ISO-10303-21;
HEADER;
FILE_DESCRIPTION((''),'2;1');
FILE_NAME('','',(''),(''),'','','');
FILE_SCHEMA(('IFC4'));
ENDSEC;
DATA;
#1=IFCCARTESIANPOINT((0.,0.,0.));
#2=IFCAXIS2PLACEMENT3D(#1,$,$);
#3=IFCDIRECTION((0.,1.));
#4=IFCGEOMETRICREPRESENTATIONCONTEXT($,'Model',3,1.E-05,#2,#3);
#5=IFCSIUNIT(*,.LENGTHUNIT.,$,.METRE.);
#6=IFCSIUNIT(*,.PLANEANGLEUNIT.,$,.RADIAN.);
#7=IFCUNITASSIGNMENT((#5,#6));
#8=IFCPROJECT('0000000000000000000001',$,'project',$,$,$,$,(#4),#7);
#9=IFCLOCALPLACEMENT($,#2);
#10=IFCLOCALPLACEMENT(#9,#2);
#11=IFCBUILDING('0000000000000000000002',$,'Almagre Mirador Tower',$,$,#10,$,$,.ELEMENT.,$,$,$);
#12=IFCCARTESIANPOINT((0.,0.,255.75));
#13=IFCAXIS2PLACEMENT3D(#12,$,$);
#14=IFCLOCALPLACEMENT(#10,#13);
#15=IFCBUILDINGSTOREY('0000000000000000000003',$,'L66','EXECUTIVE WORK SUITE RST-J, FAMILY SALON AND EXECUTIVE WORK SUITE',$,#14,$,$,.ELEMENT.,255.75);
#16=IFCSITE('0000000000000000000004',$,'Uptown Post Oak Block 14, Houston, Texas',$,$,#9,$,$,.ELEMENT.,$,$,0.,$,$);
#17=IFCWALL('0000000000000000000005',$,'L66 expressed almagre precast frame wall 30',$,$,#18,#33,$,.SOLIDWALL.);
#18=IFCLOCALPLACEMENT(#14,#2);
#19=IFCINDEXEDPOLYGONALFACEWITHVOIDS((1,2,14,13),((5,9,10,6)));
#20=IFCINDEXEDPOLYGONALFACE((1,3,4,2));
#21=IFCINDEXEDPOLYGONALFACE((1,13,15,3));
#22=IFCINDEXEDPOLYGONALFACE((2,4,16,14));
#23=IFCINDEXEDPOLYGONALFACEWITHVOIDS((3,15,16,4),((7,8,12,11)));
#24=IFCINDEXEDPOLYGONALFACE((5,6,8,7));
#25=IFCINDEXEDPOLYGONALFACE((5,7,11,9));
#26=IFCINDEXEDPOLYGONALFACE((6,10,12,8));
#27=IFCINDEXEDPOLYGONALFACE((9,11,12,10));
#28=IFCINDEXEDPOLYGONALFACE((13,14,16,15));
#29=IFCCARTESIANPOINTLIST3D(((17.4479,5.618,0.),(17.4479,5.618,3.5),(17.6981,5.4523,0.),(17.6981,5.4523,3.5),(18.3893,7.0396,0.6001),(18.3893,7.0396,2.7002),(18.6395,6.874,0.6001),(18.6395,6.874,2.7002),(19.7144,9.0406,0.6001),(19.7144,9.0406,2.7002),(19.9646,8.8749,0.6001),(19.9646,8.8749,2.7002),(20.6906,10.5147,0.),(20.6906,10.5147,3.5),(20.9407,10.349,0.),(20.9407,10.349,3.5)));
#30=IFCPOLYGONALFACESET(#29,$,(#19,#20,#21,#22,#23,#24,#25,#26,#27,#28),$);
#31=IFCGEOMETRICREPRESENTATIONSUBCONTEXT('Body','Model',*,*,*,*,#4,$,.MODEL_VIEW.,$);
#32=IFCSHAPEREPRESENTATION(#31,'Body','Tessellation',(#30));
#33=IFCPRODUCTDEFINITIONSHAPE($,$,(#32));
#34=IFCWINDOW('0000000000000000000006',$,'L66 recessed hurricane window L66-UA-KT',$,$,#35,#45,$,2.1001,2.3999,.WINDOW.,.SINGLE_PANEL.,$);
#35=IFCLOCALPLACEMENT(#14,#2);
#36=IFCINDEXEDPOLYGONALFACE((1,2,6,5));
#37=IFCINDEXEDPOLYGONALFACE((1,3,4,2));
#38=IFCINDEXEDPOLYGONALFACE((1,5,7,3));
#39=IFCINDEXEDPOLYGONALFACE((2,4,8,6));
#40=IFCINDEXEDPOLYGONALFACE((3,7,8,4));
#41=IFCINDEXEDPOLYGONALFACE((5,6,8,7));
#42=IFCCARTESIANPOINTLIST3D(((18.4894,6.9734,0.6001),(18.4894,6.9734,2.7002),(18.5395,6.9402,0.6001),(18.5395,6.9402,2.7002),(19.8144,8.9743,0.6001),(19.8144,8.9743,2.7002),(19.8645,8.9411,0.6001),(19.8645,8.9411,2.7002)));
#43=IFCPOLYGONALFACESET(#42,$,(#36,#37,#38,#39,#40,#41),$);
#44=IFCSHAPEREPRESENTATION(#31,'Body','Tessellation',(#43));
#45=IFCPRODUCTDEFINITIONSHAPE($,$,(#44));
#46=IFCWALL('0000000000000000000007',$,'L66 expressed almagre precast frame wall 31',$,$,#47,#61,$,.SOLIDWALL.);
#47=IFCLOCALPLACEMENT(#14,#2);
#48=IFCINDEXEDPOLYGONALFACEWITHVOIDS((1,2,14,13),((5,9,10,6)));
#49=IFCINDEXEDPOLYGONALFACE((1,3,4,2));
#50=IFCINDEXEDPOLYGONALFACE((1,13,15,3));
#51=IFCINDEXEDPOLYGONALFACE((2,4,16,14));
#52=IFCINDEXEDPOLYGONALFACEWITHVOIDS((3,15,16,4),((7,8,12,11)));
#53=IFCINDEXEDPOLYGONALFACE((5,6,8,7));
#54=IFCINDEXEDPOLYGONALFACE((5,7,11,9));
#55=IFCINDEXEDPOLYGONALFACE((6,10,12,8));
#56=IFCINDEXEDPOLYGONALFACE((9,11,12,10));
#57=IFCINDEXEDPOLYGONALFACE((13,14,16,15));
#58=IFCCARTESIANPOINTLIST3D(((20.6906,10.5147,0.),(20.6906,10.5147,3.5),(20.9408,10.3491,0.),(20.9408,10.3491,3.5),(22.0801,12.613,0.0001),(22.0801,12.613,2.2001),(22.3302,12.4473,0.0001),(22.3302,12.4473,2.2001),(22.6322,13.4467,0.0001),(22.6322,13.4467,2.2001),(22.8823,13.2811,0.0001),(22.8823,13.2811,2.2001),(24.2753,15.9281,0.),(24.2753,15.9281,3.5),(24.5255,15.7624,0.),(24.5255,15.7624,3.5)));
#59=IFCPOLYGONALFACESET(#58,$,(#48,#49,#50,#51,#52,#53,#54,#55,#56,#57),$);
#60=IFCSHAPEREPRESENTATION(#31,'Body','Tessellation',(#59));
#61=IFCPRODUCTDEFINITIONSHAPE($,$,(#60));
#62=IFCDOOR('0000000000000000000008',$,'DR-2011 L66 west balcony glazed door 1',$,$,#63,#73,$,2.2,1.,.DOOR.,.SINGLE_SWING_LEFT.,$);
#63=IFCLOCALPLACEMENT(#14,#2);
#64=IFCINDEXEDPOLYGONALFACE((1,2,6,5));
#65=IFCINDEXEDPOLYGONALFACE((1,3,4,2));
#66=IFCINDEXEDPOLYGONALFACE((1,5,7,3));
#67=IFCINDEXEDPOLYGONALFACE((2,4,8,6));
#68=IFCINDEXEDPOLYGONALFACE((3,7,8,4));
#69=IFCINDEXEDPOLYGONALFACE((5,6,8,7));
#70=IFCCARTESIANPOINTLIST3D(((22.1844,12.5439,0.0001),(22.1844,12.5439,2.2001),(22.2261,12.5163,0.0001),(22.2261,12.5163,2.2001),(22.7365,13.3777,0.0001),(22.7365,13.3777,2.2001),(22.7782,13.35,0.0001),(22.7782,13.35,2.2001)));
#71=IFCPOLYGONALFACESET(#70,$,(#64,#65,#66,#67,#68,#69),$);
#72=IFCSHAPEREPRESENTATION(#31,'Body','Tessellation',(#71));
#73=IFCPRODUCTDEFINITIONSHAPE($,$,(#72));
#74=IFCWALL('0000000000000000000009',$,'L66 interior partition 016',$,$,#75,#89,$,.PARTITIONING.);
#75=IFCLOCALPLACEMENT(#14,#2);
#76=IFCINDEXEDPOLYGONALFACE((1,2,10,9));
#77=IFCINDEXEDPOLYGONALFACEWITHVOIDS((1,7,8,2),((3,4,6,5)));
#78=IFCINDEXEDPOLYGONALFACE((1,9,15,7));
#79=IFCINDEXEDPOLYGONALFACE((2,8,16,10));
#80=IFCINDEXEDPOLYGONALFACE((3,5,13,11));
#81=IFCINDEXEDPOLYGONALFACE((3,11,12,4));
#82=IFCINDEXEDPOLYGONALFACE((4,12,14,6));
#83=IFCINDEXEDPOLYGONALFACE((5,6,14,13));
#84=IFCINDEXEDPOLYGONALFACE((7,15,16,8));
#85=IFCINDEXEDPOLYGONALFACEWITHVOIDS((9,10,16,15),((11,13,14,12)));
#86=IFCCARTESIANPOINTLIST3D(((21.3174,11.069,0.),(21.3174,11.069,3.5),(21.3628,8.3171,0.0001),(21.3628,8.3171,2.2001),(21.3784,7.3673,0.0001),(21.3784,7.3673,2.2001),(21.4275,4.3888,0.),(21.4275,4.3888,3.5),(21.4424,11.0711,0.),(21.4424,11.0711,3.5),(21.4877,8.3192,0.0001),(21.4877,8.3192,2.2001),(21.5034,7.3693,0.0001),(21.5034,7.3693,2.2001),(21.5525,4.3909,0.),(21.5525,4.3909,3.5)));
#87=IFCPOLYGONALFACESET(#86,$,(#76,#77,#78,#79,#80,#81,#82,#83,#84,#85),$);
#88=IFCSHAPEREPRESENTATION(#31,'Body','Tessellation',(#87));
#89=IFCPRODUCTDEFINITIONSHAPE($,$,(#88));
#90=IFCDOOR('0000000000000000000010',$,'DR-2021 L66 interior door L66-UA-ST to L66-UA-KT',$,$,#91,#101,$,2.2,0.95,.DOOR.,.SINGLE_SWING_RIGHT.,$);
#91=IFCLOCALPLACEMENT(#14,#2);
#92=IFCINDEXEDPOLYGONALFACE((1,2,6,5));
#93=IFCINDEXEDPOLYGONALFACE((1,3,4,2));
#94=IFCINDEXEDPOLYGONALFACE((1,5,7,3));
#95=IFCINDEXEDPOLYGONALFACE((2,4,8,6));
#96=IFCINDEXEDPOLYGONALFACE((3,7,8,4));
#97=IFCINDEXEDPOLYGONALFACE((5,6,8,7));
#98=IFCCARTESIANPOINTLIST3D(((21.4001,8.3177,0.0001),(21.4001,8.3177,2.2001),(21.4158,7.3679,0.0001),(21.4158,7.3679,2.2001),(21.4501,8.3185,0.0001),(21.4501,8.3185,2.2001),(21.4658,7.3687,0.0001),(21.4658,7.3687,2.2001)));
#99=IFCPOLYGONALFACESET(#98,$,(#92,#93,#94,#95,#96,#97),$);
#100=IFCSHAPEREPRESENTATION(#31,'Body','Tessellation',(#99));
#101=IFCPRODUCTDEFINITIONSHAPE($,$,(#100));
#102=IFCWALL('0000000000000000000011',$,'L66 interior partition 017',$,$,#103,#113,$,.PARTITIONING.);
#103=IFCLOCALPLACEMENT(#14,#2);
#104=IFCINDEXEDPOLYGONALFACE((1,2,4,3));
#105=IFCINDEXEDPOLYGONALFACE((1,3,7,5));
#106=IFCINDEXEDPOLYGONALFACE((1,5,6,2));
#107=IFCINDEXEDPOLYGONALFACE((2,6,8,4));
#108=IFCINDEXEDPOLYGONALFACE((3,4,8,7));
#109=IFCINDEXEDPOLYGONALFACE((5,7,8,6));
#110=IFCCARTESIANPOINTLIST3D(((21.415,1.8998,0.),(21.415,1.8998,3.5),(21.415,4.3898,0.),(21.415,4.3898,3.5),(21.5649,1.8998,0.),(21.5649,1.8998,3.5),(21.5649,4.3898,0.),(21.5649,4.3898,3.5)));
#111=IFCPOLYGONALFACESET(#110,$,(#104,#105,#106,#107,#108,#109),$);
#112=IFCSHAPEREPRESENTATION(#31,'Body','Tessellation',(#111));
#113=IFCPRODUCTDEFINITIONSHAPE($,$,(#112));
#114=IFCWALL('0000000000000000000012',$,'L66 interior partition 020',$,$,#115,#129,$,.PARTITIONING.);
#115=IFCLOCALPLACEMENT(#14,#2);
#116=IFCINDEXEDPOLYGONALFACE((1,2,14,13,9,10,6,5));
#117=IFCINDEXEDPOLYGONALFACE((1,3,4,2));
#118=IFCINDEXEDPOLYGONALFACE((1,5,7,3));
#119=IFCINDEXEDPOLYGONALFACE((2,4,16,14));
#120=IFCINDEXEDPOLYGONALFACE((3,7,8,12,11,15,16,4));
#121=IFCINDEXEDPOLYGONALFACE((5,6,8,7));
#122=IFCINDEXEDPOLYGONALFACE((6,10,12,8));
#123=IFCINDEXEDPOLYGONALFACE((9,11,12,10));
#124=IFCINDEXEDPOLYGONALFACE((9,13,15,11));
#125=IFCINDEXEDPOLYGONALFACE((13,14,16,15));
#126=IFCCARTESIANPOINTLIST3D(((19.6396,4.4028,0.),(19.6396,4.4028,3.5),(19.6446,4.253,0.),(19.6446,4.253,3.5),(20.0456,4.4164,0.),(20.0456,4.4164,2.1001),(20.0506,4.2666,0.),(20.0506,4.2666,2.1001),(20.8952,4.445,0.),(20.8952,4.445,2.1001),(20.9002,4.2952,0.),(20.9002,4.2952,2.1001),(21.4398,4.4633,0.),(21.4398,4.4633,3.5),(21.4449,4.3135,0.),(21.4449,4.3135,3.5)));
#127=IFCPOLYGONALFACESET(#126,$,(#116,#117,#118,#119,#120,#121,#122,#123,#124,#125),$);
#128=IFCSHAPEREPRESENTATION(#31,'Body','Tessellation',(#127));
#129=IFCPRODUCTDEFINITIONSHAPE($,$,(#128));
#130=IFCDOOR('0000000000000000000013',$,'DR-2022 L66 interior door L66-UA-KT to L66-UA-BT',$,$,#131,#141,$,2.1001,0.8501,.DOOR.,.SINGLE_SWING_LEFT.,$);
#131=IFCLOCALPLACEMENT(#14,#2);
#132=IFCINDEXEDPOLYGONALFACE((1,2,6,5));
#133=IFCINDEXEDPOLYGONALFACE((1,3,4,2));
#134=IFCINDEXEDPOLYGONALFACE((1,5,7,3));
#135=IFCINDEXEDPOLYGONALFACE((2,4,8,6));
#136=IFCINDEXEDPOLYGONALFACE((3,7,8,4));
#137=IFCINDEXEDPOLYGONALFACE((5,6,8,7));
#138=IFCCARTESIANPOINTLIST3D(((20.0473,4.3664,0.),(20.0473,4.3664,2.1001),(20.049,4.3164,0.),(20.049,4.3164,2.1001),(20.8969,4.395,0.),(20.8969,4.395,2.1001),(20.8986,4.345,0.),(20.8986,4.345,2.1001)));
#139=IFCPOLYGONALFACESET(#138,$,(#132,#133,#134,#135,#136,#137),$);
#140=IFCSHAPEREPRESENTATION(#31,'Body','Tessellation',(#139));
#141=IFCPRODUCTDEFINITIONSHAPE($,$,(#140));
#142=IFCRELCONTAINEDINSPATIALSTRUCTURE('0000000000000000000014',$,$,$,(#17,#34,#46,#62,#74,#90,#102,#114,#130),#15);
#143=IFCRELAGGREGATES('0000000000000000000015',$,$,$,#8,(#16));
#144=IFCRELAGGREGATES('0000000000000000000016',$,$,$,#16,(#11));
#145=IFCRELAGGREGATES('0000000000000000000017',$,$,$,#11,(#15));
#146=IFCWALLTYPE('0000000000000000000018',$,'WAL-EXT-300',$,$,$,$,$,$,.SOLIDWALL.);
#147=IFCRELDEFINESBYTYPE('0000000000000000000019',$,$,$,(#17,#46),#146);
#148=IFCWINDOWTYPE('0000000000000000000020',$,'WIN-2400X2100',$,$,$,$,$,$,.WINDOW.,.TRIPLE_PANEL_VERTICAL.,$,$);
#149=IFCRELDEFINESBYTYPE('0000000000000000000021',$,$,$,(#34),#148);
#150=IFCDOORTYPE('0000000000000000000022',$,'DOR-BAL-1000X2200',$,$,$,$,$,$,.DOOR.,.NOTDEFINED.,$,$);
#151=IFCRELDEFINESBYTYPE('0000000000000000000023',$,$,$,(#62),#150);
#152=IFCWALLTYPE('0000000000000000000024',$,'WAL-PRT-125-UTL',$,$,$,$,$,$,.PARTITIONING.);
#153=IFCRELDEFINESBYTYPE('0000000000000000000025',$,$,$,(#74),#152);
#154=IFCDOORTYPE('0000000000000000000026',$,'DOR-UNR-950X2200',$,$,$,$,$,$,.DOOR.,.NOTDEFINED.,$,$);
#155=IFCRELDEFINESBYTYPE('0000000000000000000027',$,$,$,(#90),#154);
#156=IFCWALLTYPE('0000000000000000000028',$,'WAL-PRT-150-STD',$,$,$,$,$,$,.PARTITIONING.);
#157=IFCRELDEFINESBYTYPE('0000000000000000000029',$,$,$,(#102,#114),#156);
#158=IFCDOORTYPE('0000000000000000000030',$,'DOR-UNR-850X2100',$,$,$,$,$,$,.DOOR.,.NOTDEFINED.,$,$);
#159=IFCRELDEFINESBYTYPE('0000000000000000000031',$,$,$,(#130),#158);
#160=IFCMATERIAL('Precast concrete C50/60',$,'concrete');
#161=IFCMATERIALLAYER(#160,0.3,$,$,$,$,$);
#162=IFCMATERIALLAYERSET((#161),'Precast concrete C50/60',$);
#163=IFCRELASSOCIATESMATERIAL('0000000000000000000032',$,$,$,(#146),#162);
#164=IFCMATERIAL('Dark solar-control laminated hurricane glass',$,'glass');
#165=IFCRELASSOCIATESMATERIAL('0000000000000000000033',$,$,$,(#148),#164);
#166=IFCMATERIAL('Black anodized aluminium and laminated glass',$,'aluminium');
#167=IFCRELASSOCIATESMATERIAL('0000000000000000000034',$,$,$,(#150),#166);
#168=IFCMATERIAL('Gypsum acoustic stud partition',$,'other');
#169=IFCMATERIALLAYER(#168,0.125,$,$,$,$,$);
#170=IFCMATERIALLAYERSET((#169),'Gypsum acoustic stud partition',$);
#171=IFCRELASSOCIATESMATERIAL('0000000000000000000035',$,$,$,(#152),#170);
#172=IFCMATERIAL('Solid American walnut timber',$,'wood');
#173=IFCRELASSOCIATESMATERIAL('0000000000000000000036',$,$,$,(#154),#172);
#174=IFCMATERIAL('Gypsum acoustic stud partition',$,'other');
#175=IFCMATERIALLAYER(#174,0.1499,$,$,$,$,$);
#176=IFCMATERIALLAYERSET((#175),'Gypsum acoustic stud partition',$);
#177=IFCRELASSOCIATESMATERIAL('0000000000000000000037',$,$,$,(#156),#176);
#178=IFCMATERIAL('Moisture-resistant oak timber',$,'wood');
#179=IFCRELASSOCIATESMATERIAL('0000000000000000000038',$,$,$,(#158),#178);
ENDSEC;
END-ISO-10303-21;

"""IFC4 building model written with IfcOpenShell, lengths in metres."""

from ifc_helpers import new_model, si_unit, direction, frame, frame_2d, origin, place, context, subcontext, project, spatial, rectangle, extrude, material, layer, layer_set, type_object, element, fill, save


model = new_model("IFC4")

# Units and contexts
model_context = context("Model", 3, precision=1e-05, world=origin(), true_north=direction((0.0, 1.0)))
body_context = subcontext(model_context, "Body", "Model", "MODEL_VIEW")
ifc_project = project(units=[si_unit("LENGTHUNIT", "METRE"), si_unit("PLANEANGLEUNIT", "RADIAN")], contexts=[model_context])

# Site, building, storey
site_placement = place(None, origin())
site = spatial("IfcSite", under=ifc_project, at=site_placement, Name="Uptown Post Oak Block 14, Houston, Texas", CompositionType="ELEMENT", RefElevation=0.0)
building_placement = place(site_placement, origin())
building = spatial("IfcBuilding", under=site, at=building_placement, Name="Almagre Mirador Tower", CompositionType="ELEMENT")
storey_placement = place(building_placement, frame((0.0, 0.0, 255.75)))
storey = spatial("IfcBuildingStorey", under=building, at=storey_placement, Name="L66", Description="EXECUTIVE WORK SUITE RST-J, FAMILY SALON AND EXECUTIVE WORK SUITE", CompositionType="ELEMENT", Elevation=255.75)

# Shared definitions
ifc_material_1 = material(Name="Precast concrete C50/60", Category="concrete")
ifc_layer_1 = layer(ifc_material_1, 0.3)
ifc_layer_set_1 = layer_set([ifc_layer_1], Name="Precast concrete C50/60")
wall_type_1 = type_object("IfcWallType", Name="WAL-EXT-300", PredefinedType="SOLIDWALL", material=ifc_layer_set_1)

# Wall, opening, window
wall_1_placement = place(storey_placement, frame((17.573, 5.5352, 0.0), z_axis=(0.0, 0.0, 1.0), x_axis=(0.552127, 0.83376, 0.0)))
wall_1 = element("IfcWall", 1, at=wall_1_placement, inside=storey, type_object=wall_type_1, Name="L66 expressed almagre precast frame wall 30", PredefinedType="SOLIDWALL", context=body_context, shape_type="SweptSolid", body=[
    extrude(rectangle(XDim=5.873, YDim=0.3, at=frame_2d((2.9365, 0.0))), origin(), (0.0, 0.0, 1.0), 3.5),
])
opening_1_placement = place(wall_1_placement, frame((1.7051, 0.0, 0.6001)))
opening_1 = element("IfcOpeningElement", 2, at=opening_1_placement, cuts=wall_1, PredefinedType="OPENING", context=body_context, shape_type="SweptSolid", body=[
    extrude(rectangle(XDim=2.3999, YDim=2.1001, at=frame_2d((1.2, 1.05))), frame((0.0, 0.1599, 0.0), z_axis=(0.0, -1.0, 0.0), x_axis=(1.0, 0.0, 0.0)), (0.0, 0.0, 1.0), 0.32),
])
ifc_material_2 = material(Name="Dark solar-control laminated hurricane glass", Category="glass")
window_type = type_object("IfcWindowType", Name="WIN-2400X2100", PartitioningType="TRIPLE_PANEL_VERTICAL", PredefinedType="WINDOW", material=ifc_material_2)
window_placement = place(opening_1_placement, origin())
window = element("IfcWindow", 3, at=window_placement, inside=storey, type_object=window_type, Name="L66 recessed hurricane window L66-UA-KT", OverallHeight=2.1001, OverallWidth=2.3999, PartitioningType="SINGLE_PANEL", PredefinedType="WINDOW", context=body_context, shape_type="SweptSolid", body=[
    extrude(rectangle(XDim=2.3999, YDim=2.1001, at=frame_2d((1.2, 1.05))), frame((0.0, 0.03, 0.0), z_axis=(0.0, -1.0, 0.0), x_axis=(1.0, 0.0, 0.0)), (0.0, 0.0, 1.0), 0.0601),
])
fill(opening_1, window)

# Walls, openings, doors
wall_2_placement = place(storey_placement, frame((20.8157, 10.4319, 0.0), z_axis=(0.0, 0.0, 1.0), x_axis=(0.55212, 0.833764, 0.0)))
wall_2 = element("IfcWall", 4, at=wall_2_placement, inside=storey, type_object=wall_type_1, Name="L66 expressed almagre precast frame wall 31", PredefinedType="SOLIDWALL", context=body_context, shape_type="SweptSolid", body=[
    extrude(rectangle(XDim=6.4927, YDim=0.3, at=frame_2d((3.2463, 0.0))), origin(), (0.0, 0.0, 1.0), 3.5),
])
opening_2_placement = place(wall_2_placement, frame((2.5166, 0.0, 0.0)))
opening_2 = element("IfcOpeningElement", 5, at=opening_2_placement, cuts=wall_2, PredefinedType="OPENING", context=body_context, shape_type="SweptSolid", body=[
    extrude(rectangle(XDim=1.0, YDim=2.2, at=frame_2d((0.5, 1.1001))), frame((0.0, 0.1599, 0.0), z_axis=(0.0, -1.0, 0.0), x_axis=(1.0, 0.0, 0.0)), (0.0, 0.0, 1.0), 0.32),
])
ifc_material_3 = material(Name="Black anodized aluminium and laminated glass", Category="aluminium")
door_type_1 = type_object("IfcDoorType", Name="DOR-BAL-1000X2200", OperationType="NOTDEFINED", PredefinedType="DOOR", material=ifc_material_3)
door_1_placement = place(opening_2_placement, origin())
door_1 = element("IfcDoor", 6, at=door_1_placement, inside=storey, type_object=door_type_1, Name="DR-2011 L66 west balcony glazed door 1", OperationType="SINGLE_SWING_LEFT", OverallHeight=2.2, OverallWidth=1.0, PredefinedType="DOOR", context=body_context, shape_type="SweptSolid", body=[
    extrude(rectangle(XDim=1.0, YDim=2.2, at=frame_2d((0.5, 1.1001))), frame((0.0, 0.0249, 0.0), z_axis=(0.0, -1.0, 0.0), x_axis=(1.0, 0.0, 0.0)), (0.0, 0.0, 1.0), 0.05),
])
fill(opening_2, door_1)
ifc_material_4 = material(Name="Gypsum acoustic stud partition", Category="other")
ifc_layer_2 = layer(ifc_material_4, 0.125)
ifc_layer_set_2 = layer_set([ifc_layer_2], Name="Gypsum acoustic stud partition")
wall_type_2 = type_object("IfcWallType", Name="WAL-PRT-125-UTL", PredefinedType="PARTITIONING", material=ifc_layer_set_2)
wall_3_placement = place(storey_placement, frame((21.3799, 11.0701, 0.0), z_axis=(0.0, 0.0, 1.0), x_axis=(0.01648, -0.999864, 0.0)))
wall_3 = element("IfcWall", 7, at=wall_3_placement, inside=storey, type_object=wall_type_2, Name="L66 interior partition 016", PredefinedType="PARTITIONING", context=body_context, shape_type="SweptSolid", body=[
    extrude(rectangle(XDim=6.6812, YDim=0.125, at=frame_2d((3.3406, 0.0))), origin(), (0.0, 0.0, 1.0), 3.5),
])
opening_3_placement = place(wall_3_placement, frame((2.7522, 0.0, 0.0)))
opening_3 = element("IfcOpeningElement", 8, at=opening_3_placement, cuts=wall_3, PredefinedType="OPENING", context=body_context, shape_type="SweptSolid", body=[
    extrude(rectangle(XDim=0.95, YDim=2.2, at=frame_2d((0.4751, 1.1001))), frame((0.0, 0.0725, 0.0), z_axis=(0.0, -1.0, 0.0), x_axis=(1.0, 0.0, 0.0)), (0.0, 0.0, 1.0), 0.145),
])
ifc_material_5 = material(Name="Solid American walnut timber", Category="wood")
door_type_2 = type_object("IfcDoorType", Name="DOR-UNR-950X2200", OperationType="NOTDEFINED", PredefinedType="DOOR", material=ifc_material_5)
door_2_placement = place(opening_3_placement, origin())
door_2 = element("IfcDoor", 9, at=door_2_placement, inside=storey, type_object=door_type_2, Name="DR-2021 L66 interior door L66-UA-ST to L66-UA-KT", OperationType="SINGLE_SWING_RIGHT", OverallHeight=2.2, OverallWidth=0.95, PredefinedType="DOOR", context=body_context, shape_type="SweptSolid", body=[
    extrude(rectangle(XDim=0.95, YDim=2.2, at=frame_2d((0.4751, 1.1001))), frame((0.0, 0.0249, 0.0), z_axis=(0.0, -1.0, 0.0), x_axis=(1.0, 0.0, 0.0)), (0.0, 0.0, 1.0), 0.05),
])
fill(opening_3, door_2)

# Wall
ifc_material_6 = material(Name="Gypsum acoustic stud partition", Category="other")
ifc_layer_3 = layer(ifc_material_6, 0.1499)
ifc_layer_set_3 = layer_set([ifc_layer_3], Name="Gypsum acoustic stud partition")
wall_type_3 = type_object("IfcWallType", Name="WAL-PRT-150-STD", PredefinedType="PARTITIONING", material=ifc_layer_set_3)
wall_4_placement = place(storey_placement, frame((21.49, 4.3899, 0.0), z_axis=(0.0, 0.0, 1.0), x_axis=(0.0, -1.0, 0.0)))
element("IfcWall", 10, at=wall_4_placement, inside=storey, type_object=wall_type_3, Name="L66 interior partition 017", PredefinedType="PARTITIONING", context=body_context, shape_type="SweptSolid", body=[
    extrude(rectangle(XDim=2.49, YDim=0.1499, at=frame_2d((1.2451, 0.0))), origin(), (0.0, 0.0, 1.0), 3.5),
])

# Wall, opening, door
wall_5_placement = place(storey_placement, frame((19.6421, 4.3279, 0.0), z_axis=(0.0, 0.0, 1.0), x_axis=(0.999435, 0.033613, 0.0)))
wall_5 = element("IfcWall", 11, at=wall_5_placement, inside=storey, type_object=wall_type_3, Name="L66 interior partition 020", PredefinedType="PARTITIONING", context=body_context, shape_type="SweptSolid", body=[
    extrude(rectangle(XDim=1.8013, YDim=0.1499, at=frame_2d((0.9006, 0.0))), origin(), (0.0, 0.0, 1.0), 3.5),
])
opening_4_placement = place(wall_5_placement, frame((0.4062, 0.0, 0.0)))
opening_4 = element("IfcOpeningElement", 12, at=opening_4_placement, cuts=wall_5, PredefinedType="OPENING", context=body_context, shape_type="SweptSolid", body=[
    extrude(rectangle(XDim=0.8501, YDim=2.1001, at=frame_2d((0.425, 1.05))), frame((0.0, 0.085, 0.0), z_axis=(0.0, -1.0, 0.0), x_axis=(1.0, 0.0, 0.0)), (0.0, 0.0, 1.0), 0.1699),
])
ifc_material_7 = material(Name="Moisture-resistant oak timber", Category="wood")
door_type_3 = type_object("IfcDoorType", Name="DOR-UNR-850X2100", OperationType="NOTDEFINED", PredefinedType="DOOR", material=ifc_material_7)
door_3_placement = place(opening_4_placement, origin())
door_3 = element("IfcDoor", 13, at=door_3_placement, inside=storey, type_object=door_type_3, Name="DR-2022 L66 interior door L66-UA-KT to L66-UA-BT", OperationType="SINGLE_SWING_LEFT", OverallHeight=2.1001, OverallWidth=0.8501, PredefinedType="DOOR", context=body_context, shape_type="SweptSolid", body=[
    extrude(rectangle(XDim=0.8501, YDim=2.1001, at=frame_2d((0.425, 1.05))), frame((0.0, 0.0249, 0.0), z_axis=(0.0, -1.0, 0.0), x_axis=(1.0, 0.0, 0.0)), (0.0, 0.0, 1.0), 0.05),
])
fill(opening_4, door_3)

save(model, "model.ifc")
